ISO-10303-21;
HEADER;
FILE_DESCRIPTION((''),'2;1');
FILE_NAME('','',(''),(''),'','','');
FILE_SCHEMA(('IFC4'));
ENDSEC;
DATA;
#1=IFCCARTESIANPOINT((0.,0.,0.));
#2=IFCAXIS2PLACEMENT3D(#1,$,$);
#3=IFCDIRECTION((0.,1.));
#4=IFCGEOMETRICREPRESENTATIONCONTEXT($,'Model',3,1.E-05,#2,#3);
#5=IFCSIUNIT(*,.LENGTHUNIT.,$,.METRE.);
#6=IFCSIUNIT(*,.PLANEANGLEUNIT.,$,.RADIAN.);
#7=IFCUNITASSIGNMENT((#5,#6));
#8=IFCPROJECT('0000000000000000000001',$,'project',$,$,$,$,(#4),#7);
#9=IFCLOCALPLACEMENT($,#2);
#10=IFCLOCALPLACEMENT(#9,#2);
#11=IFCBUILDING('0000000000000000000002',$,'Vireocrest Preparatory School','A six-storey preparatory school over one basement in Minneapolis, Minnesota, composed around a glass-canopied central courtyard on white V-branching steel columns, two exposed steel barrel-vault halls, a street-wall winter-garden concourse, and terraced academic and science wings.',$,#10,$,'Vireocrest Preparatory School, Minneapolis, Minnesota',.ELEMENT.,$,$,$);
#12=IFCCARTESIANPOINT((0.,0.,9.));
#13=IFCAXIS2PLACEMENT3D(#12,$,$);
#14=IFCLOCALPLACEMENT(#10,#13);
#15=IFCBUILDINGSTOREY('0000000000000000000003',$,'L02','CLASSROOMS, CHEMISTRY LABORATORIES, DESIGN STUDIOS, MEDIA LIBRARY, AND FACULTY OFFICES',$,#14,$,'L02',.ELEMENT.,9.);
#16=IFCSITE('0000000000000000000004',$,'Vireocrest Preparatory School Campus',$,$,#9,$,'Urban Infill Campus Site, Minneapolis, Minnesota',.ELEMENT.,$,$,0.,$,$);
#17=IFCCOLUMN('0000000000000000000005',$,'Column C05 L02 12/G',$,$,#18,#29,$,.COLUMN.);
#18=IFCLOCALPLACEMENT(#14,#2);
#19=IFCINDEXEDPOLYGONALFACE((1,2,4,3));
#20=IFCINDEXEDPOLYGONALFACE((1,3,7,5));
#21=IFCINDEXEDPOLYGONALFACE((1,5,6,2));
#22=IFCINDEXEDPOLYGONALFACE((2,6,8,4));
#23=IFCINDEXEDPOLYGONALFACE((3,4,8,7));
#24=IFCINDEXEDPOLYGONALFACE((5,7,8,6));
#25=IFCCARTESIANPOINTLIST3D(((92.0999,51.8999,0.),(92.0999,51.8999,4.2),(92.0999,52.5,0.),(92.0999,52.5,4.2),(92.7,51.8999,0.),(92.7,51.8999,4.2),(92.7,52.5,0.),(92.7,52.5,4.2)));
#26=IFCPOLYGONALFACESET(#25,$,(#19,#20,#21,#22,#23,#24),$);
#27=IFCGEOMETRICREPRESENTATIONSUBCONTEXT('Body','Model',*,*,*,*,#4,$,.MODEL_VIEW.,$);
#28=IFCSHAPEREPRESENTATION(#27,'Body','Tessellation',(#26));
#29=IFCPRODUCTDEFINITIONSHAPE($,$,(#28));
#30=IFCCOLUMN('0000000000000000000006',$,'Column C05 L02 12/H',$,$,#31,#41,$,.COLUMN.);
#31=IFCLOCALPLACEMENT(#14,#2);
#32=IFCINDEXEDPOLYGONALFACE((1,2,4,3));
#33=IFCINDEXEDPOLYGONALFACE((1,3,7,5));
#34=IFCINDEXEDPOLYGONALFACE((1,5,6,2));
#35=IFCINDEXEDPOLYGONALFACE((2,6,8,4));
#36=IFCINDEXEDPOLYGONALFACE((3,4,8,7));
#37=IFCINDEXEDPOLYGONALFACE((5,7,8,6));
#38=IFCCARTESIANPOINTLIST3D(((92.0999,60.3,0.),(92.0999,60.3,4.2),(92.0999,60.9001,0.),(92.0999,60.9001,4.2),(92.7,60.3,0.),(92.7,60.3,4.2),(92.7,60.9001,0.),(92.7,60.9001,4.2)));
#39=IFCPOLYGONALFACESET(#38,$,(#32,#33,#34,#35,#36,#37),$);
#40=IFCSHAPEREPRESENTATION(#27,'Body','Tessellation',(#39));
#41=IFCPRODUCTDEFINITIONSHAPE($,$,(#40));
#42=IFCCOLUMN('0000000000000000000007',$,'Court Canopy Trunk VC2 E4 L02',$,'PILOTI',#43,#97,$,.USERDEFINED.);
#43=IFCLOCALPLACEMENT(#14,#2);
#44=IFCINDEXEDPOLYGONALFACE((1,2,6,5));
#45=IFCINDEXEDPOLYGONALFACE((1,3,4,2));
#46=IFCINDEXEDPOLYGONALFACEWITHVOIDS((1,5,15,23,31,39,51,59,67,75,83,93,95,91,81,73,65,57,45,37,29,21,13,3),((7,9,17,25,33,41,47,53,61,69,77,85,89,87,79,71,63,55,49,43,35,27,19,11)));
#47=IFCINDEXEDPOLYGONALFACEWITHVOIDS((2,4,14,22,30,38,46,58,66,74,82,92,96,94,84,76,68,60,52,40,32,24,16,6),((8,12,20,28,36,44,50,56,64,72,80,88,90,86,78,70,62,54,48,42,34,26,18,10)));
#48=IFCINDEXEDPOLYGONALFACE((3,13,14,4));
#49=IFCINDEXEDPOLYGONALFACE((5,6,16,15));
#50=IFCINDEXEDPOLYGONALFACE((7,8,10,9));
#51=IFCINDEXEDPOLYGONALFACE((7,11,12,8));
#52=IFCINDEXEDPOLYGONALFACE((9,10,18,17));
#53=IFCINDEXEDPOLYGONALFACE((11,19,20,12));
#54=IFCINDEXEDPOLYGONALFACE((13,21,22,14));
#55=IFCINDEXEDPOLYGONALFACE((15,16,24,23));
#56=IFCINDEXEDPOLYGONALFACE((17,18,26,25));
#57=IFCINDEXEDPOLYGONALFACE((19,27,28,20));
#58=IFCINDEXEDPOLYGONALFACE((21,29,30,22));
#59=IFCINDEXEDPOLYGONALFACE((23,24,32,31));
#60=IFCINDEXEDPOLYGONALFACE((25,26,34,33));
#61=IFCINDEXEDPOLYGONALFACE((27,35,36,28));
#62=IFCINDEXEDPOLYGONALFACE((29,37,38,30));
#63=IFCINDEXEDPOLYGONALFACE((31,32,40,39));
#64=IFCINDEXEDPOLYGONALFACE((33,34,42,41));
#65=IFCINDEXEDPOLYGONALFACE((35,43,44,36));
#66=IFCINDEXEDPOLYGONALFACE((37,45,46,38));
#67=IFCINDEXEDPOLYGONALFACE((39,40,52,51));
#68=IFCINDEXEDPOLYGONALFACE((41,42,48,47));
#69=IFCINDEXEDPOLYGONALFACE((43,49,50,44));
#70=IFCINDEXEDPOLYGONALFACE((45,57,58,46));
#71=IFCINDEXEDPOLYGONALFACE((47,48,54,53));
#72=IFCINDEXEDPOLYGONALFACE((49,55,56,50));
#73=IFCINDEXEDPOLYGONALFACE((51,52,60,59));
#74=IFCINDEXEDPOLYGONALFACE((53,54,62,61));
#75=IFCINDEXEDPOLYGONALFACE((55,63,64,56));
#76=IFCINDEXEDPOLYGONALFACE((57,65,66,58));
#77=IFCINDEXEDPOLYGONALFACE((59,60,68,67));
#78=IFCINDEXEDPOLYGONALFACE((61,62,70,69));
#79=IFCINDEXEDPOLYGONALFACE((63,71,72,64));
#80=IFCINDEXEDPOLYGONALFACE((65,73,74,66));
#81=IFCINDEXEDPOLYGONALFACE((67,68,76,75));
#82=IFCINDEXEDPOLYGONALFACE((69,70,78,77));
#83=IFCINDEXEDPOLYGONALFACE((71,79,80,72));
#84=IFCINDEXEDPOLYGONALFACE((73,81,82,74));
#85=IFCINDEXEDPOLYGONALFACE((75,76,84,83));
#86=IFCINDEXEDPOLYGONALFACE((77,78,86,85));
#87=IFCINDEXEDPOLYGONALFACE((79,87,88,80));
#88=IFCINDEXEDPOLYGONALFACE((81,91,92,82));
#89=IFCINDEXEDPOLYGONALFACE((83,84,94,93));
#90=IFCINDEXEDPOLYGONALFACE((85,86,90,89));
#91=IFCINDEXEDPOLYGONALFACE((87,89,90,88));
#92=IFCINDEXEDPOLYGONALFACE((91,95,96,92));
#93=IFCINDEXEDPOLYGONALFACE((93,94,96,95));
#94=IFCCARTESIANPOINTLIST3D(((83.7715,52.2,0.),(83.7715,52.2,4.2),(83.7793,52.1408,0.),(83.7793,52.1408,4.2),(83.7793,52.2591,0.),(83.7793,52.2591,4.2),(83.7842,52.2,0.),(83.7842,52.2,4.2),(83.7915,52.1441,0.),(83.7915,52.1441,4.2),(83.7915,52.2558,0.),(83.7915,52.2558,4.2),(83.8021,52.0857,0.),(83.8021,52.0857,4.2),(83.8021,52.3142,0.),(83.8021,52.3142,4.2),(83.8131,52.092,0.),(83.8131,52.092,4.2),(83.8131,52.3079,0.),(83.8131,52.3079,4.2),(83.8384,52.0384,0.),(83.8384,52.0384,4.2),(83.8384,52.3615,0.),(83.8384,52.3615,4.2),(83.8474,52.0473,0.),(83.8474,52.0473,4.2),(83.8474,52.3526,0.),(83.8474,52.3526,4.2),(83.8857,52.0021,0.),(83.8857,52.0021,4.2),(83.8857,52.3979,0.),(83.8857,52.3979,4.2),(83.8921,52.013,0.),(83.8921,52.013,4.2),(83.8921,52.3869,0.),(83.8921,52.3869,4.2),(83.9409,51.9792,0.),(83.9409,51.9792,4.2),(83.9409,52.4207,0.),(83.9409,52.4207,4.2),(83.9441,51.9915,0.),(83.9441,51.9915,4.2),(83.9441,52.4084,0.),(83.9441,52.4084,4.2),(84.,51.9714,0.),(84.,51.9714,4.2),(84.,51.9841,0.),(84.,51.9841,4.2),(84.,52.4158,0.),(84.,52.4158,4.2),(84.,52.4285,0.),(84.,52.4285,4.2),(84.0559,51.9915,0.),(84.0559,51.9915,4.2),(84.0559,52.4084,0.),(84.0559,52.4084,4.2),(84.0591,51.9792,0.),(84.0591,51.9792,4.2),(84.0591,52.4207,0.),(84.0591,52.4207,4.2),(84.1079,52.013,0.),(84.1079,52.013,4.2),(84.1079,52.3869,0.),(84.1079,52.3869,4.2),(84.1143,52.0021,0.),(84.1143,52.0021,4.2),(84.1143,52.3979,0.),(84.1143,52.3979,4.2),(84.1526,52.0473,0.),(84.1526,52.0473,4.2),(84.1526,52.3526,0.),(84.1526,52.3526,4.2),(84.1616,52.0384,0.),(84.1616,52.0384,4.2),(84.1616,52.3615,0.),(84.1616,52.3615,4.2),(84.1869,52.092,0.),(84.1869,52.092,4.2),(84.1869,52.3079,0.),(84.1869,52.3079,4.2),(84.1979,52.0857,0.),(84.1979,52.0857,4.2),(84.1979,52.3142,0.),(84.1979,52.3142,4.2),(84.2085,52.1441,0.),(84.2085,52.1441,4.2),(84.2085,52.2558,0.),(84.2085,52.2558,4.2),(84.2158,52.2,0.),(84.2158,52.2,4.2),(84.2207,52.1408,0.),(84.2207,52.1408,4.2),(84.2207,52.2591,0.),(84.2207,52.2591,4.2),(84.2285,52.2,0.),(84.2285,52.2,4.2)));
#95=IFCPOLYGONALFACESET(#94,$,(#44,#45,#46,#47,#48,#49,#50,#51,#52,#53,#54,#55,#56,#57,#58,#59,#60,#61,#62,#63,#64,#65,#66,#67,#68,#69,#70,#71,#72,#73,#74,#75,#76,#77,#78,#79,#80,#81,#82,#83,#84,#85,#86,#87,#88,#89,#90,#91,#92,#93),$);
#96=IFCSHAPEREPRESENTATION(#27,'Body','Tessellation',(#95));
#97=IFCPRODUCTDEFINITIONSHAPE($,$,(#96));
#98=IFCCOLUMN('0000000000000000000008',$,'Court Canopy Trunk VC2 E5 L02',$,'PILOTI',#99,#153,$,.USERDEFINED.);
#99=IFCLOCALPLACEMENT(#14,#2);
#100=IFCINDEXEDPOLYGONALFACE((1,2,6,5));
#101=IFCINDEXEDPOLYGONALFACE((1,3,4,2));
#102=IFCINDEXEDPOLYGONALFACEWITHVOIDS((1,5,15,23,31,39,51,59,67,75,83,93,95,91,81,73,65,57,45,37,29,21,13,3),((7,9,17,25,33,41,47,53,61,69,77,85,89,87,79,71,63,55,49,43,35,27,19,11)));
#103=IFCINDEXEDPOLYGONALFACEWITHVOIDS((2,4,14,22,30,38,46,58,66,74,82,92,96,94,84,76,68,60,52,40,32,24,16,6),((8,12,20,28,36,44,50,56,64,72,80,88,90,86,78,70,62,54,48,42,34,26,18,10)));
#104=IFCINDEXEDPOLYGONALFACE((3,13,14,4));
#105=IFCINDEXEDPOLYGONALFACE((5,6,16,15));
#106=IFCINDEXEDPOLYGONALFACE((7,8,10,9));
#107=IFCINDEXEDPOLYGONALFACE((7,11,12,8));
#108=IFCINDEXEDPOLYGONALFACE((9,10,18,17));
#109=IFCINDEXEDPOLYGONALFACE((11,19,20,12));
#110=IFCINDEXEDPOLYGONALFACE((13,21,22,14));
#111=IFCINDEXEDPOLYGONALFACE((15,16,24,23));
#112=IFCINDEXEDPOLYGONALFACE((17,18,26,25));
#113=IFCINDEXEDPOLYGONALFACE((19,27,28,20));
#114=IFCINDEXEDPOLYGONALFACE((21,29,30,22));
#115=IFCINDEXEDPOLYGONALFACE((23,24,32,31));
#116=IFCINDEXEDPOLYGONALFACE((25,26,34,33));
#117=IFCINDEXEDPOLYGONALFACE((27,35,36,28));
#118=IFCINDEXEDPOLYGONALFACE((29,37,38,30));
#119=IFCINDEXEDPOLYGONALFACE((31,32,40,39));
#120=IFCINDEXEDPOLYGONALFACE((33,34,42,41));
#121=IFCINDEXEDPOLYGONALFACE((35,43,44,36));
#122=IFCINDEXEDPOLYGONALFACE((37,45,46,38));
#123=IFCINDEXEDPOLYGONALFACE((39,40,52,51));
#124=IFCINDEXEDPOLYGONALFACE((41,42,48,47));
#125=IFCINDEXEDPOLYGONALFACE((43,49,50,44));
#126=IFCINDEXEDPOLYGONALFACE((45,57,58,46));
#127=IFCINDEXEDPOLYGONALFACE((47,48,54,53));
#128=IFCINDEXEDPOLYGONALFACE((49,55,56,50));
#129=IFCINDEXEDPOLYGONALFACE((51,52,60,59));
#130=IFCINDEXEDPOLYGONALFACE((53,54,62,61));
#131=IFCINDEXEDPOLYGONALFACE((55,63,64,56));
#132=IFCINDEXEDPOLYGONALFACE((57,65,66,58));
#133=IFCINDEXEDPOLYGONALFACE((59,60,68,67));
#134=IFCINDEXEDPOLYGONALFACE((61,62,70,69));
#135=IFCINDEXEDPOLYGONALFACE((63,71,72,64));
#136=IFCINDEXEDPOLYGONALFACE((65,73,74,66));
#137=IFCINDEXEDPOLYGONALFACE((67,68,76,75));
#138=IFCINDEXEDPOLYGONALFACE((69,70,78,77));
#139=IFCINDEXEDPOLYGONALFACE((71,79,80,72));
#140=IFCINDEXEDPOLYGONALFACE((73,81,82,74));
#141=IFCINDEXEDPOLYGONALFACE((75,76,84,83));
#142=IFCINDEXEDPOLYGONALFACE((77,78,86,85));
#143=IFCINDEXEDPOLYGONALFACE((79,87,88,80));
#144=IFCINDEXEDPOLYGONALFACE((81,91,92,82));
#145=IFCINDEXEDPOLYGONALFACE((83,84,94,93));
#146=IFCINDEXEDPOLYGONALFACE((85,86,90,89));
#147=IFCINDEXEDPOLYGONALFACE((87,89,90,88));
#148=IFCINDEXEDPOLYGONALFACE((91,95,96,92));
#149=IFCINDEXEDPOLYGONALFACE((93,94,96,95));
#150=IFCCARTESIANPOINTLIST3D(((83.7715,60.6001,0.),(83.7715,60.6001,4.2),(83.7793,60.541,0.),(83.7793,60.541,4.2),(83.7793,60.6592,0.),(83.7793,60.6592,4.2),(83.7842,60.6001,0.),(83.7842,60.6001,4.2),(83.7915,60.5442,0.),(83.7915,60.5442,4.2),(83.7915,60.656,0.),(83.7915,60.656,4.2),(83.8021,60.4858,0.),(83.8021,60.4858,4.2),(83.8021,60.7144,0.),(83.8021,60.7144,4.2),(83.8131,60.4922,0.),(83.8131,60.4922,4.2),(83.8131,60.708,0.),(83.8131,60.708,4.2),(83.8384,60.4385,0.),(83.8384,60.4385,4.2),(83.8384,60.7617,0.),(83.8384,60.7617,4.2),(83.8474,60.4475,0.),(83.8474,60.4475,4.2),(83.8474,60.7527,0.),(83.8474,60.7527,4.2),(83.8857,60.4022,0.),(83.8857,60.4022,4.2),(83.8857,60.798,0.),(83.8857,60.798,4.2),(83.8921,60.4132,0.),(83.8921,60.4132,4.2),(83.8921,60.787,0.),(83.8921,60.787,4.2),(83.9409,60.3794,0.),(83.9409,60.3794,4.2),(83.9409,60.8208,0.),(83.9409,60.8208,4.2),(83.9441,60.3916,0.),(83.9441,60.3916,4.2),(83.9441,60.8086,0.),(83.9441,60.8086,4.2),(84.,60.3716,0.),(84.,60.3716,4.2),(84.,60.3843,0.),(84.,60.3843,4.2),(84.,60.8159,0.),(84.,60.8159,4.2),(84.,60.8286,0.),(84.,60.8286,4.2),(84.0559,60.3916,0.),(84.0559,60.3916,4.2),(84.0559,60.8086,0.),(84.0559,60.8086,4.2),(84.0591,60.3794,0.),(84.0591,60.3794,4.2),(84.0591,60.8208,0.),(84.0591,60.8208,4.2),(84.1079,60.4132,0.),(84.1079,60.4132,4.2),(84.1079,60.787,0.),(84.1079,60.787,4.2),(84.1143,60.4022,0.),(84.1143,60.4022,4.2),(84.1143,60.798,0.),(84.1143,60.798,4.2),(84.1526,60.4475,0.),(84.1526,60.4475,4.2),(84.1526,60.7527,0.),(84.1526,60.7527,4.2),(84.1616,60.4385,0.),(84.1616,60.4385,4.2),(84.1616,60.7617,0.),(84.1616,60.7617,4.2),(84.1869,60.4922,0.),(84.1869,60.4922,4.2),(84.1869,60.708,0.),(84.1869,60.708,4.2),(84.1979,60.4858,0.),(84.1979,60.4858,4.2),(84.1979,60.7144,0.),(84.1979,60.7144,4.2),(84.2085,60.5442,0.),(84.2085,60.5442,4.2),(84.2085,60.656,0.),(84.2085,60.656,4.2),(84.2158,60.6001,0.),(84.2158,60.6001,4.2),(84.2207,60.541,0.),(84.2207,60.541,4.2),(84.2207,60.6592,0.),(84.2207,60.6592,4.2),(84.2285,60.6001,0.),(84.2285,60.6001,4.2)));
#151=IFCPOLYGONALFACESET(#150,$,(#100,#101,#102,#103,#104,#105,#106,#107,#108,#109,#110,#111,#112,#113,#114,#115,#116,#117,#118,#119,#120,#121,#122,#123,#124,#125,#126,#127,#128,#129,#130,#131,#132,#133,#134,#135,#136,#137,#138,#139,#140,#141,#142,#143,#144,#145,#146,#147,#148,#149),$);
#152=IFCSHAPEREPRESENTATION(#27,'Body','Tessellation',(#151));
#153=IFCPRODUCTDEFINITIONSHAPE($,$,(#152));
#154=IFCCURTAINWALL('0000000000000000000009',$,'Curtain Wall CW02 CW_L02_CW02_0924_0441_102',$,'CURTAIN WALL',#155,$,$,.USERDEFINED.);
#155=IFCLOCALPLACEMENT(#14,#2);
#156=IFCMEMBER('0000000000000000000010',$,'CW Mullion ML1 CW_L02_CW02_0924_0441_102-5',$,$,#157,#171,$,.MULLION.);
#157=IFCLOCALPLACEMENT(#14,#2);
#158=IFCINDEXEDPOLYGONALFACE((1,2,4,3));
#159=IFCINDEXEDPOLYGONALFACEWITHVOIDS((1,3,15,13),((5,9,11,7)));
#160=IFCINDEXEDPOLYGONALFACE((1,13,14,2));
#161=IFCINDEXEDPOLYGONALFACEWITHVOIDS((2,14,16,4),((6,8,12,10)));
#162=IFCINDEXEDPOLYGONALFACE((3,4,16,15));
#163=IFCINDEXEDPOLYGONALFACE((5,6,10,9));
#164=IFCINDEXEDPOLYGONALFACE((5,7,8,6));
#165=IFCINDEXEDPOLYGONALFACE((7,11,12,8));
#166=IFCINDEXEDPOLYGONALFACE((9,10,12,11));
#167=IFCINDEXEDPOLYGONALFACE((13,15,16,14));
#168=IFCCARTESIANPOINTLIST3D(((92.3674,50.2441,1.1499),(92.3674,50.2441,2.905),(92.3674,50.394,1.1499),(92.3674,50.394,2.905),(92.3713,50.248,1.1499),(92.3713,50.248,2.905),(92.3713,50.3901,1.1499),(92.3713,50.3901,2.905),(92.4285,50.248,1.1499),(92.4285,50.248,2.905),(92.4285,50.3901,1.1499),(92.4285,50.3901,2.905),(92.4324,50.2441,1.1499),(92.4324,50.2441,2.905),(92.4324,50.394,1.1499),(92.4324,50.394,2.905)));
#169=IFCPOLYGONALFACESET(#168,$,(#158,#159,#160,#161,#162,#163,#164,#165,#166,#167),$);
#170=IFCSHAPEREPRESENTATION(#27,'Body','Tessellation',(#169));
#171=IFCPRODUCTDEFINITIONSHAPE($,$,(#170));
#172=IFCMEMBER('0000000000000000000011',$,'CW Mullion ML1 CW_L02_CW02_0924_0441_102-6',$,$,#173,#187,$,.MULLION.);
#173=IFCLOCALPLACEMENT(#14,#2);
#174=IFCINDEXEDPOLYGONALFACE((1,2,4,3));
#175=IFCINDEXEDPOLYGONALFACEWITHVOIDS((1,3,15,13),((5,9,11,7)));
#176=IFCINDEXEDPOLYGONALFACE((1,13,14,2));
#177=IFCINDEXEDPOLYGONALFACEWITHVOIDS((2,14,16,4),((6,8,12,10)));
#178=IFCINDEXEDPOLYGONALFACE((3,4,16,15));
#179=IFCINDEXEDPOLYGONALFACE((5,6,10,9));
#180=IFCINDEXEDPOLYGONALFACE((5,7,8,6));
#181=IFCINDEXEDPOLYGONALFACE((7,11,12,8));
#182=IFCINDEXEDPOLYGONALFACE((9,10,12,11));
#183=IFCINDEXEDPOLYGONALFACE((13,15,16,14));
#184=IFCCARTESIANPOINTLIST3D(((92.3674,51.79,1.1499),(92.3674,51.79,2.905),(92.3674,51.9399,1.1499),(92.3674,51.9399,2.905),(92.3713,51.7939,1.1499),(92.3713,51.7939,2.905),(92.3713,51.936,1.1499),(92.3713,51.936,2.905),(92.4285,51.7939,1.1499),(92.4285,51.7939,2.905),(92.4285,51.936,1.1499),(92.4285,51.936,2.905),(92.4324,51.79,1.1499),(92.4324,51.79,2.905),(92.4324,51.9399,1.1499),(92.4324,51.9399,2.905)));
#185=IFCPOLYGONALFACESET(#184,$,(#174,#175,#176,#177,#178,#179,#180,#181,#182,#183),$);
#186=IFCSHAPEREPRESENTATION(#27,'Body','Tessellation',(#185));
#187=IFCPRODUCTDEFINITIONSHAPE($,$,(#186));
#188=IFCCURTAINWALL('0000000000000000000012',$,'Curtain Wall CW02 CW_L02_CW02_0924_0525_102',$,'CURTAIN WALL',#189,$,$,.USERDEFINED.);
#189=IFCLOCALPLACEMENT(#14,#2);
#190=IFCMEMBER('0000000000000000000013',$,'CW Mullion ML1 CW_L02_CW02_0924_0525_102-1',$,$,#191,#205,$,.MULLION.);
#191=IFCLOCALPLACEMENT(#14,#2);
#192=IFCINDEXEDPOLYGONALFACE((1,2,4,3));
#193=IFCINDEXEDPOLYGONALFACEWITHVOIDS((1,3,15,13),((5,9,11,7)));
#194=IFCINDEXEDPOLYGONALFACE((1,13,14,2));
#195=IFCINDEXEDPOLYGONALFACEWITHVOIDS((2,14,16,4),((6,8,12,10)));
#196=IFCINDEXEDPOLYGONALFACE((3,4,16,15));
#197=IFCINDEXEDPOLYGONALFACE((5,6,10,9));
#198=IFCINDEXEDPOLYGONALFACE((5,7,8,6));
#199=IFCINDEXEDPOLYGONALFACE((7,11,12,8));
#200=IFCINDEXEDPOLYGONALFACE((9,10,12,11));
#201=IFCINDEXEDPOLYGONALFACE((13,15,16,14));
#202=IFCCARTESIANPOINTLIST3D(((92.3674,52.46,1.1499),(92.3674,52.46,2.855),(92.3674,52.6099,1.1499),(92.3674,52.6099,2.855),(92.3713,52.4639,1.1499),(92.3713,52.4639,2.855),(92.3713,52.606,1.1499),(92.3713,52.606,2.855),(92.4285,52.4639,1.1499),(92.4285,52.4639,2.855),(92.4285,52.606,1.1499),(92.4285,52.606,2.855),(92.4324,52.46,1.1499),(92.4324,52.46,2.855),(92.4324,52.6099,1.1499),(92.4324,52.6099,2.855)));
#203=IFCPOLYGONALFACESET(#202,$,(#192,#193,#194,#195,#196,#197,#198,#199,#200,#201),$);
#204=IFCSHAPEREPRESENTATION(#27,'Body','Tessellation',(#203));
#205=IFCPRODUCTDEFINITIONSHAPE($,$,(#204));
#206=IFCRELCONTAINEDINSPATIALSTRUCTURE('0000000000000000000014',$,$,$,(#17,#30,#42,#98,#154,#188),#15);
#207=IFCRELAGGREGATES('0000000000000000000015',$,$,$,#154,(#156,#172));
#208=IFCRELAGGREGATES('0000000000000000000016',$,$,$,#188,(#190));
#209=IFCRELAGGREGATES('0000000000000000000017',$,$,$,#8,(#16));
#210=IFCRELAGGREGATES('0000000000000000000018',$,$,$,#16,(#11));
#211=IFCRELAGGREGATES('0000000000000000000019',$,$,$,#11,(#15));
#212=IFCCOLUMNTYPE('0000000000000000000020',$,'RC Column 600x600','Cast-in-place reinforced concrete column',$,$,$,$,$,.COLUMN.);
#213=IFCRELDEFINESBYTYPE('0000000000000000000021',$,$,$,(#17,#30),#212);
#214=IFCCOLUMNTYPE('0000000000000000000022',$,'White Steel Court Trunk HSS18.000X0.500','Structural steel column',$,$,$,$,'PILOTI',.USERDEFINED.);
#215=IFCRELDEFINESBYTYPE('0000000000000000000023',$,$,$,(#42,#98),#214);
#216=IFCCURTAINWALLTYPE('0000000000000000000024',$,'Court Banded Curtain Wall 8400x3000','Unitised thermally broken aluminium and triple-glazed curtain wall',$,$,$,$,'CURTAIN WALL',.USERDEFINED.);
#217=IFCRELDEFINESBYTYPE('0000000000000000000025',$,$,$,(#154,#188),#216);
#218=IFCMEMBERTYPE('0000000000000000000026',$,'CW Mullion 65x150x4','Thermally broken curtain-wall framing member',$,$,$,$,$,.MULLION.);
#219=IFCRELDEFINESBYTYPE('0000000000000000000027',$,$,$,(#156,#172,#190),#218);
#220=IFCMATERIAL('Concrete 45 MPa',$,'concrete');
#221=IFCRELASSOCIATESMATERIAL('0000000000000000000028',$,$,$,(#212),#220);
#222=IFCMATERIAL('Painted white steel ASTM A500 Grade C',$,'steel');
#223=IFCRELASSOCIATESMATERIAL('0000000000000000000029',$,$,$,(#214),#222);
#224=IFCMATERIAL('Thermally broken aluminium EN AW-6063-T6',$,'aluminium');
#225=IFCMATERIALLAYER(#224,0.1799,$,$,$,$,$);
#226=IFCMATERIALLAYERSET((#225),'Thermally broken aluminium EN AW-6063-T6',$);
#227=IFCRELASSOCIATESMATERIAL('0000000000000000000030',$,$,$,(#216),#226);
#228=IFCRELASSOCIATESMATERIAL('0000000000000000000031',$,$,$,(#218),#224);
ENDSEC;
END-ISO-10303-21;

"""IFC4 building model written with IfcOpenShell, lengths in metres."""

from ifc_helpers import new_model, si_unit, direction, frame, origin, origin_2d, place, context, subcontext, project, spatial, rectangle, hollow_rectangle, hollow_circle, extrude, material, layer, layer_set, material_profile, profile_set, type_object, element, aggregate, save


model = new_model("IFC4")

# Units and contexts
model_context = context("Model", 3, precision=1e-05, world=origin(), true_north=direction((0.0, 1.0)))
body_context = subcontext(model_context, "Body", "Model", "MODEL_VIEW")
ifc_project = project(units=[si_unit("LENGTHUNIT", "METRE"), si_unit("PLANEANGLEUNIT", "RADIAN")], contexts=[model_context])

# Site, building, storey
site_placement = place(None, origin())
site = spatial("IfcSite", under=ifc_project, at=site_placement, Name="Vireocrest Preparatory School Campus", LongName="Urban Infill Campus Site, Minneapolis, Minnesota", CompositionType="ELEMENT", RefElevation=0.0)
building_placement = place(site_placement, origin())
building = spatial("IfcBuilding", under=site, at=building_placement, Name="Vireocrest Preparatory School", Description="A six-storey preparatory school over one basement in Minneapolis, Minnesota, composed around a glass-canopied central courtyard on white V-branching steel columns, two exposed steel barrel-vault halls, a street-wall winter-garden concourse, and terraced academic and science wings.", LongName="Vireocrest Preparatory School, Minneapolis, Minnesota", CompositionType="ELEMENT")
storey_placement = place(building_placement, frame((0.0, 0.0, 9.0)))
storey = spatial("IfcBuildingStorey", under=building, at=storey_placement, Name="L02", Description="CLASSROOMS, CHEMISTRY LABORATORIES, DESIGN STUDIOS, MEDIA LIBRARY, AND FACULTY OFFICES", LongName="L02", CompositionType="ELEMENT", Elevation=9.0)

# Columns
ifc_material_1 = material(Name="Concrete 45 MPa", Category="concrete")
ifc_material_profile_1 = material_profile(ifc_material_1, rectangle(XDim=0.6001, YDim=0.6001, at=origin_2d()), Name="RC 600x600")
ifc_profile_set_1 = profile_set([ifc_material_profile_1], Name="Concrete 45 MPa")
column_type_1 = type_object("IfcColumnType", Name="RC Column 600x600", Description="Cast-in-place reinforced concrete column", PredefinedType="COLUMN", material=ifc_profile_set_1)
for number, where, z_axis, x_axis, name in (
    (1, (92.3999, 52.2, 0.0), (0.0, 0.0, 1.0), (1.0, 0.0, 0.0), "Column C05 L02 12/G"),
    (2, (92.3999, 60.6001, 0.0), (0.0, 0.0, 1.0), (1.0, 0.0, 0.0), "Column C05 L02 12/H"),
):
    element("IfcColumn", number, at=place(storey_placement, frame(where, z_axis=z_axis, x_axis=x_axis)), inside=storey, type_object=column_type_1, Name=name, PredefinedType="COLUMN", context=body_context, shape_type="SweptSolid", body=[
        extrude(rectangle(XDim=0.6001, YDim=0.6001, at=origin_2d()), origin(), (0.0, 0.0, 1.0), 4.2),
    ])
ifc_material_2 = material(Name="Painted white steel ASTM A500 Grade C", Category="steel")
ifc_material_profile_2 = material_profile(ifc_material_2, hollow_circle(Radius=0.2285, WallThickness=0.0127, at=origin_2d()), Name="HSS18.000X0.500")
ifc_profile_set_2 = profile_set([ifc_material_profile_2], Name="Painted white steel ASTM A500 Grade C")
column_type_2 = type_object("IfcColumnType", Name="White Steel Court Trunk HSS18.000X0.500", Description="Structural steel column", ElementType="PILOTI", PredefinedType="USERDEFINED", material=ifc_profile_set_2)
for number, where, z_axis, x_axis, name in (
    (3, (84.0, 52.2, 0.0), (0.0, 0.0, 1.0), (1.0, 0.0, 0.0), "Court Canopy Trunk VC2 E4 L02"),
    (4, (84.0, 60.6001, 0.0), (0.0, 0.0, 1.0), (1.0, 0.0, 0.0), "Court Canopy Trunk VC2 E5 L02"),
):
    element("IfcColumn", number, at=place(storey_placement, frame(where, z_axis=z_axis, x_axis=x_axis)), inside=storey, type_object=column_type_2, Name=name, ObjectType="PILOTI", PredefinedType="USERDEFINED", context=body_context, shape_type="SweptSolid", body=[
        extrude(hollow_circle(Radius=0.2285, WallThickness=0.0127, at=origin_2d()), origin(), (0.0, 0.0, 1.0), 4.2),
    ])

# Curtain walls, members
ifc_material_3 = material(Name="Thermally broken aluminium EN AW-6063-T6", Category="aluminium")
ifc_layer_1 = layer(ifc_material_3, 0.1799)
ifc_layer_set_1 = layer_set([ifc_layer_1], Name="Thermally broken aluminium EN AW-6063-T6")
curtain_wall_type = type_object("IfcCurtainWallType", Name="Court Banded Curtain Wall 8400x3000", Description="Unitised thermally broken aluminium and triple-glazed curtain wall", ElementType="CURTAIN WALL", PredefinedType="USERDEFINED", material=ifc_layer_set_1)
curtain_wall_1_placement = place(storey_placement, origin())
curtain_wall_1 = element("IfcCurtainWall", 5, at=curtain_wall_1_placement, inside=storey, type_object=curtain_wall_type, Name="Curtain Wall CW02 CW_L02_CW02_0924_0441_102", ObjectType="CURTAIN WALL", PredefinedType="USERDEFINED")
ifc_material_profile_3 = material_profile(ifc_material_3, hollow_rectangle(XDim=0.0649, YDim=0.1499, WallThickness=0.0039, at=origin_2d()), Name="ALU 65x150x4")
ifc_profile_set_3 = profile_set([ifc_material_profile_3], Name="Thermally broken aluminium EN AW-6063-T6")
member_type_1 = type_object("IfcMemberType", Name="CW Mullion 65x150x4", Description="Thermally broken curtain-wall framing member", PredefinedType="MULLION", material=ifc_profile_set_3)
member_1_placement = place(storey_placement, frame((92.3999, 50.3191, 1.1499), z_axis=(0.0, 0.0, 1.0), x_axis=(1.0, 0.0, 0.0)))
member_1 = element("IfcMember", 6, at=member_1_placement, type_object=member_type_1, Name="CW Mullion ML1 CW_L02_CW02_0924_0441_102-5", PredefinedType="MULLION", context=body_context, shape_type="SweptSolid", body=[
    extrude(hollow_rectangle(XDim=0.0649, YDim=0.1499, WallThickness=0.0039, at=origin_2d()), origin(), (0.0, 0.0, 1.0), 1.7551),
])
member_2_placement = place(storey_placement, frame((92.3999, 51.865, 1.1499), z_axis=(0.0, 0.0, 1.0), x_axis=(1.0, 0.0, 0.0)))
member_2 = element("IfcMember", 7, at=member_2_placement, type_object=member_type_1, Name="CW Mullion ML1 CW_L02_CW02_0924_0441_102-6", PredefinedType="MULLION", context=body_context, shape_type="SweptSolid", body=[
    extrude(hollow_rectangle(XDim=0.0649, YDim=0.1499, WallThickness=0.0039, at=origin_2d()), origin(), (0.0, 0.0, 1.0), 1.7551),
])
curtain_wall_2_placement = place(storey_placement, origin())
curtain_wall_2 = element("IfcCurtainWall", 8, at=curtain_wall_2_placement, inside=storey, type_object=curtain_wall_type, Name="Curtain Wall CW02 CW_L02_CW02_0924_0525_102", ObjectType="CURTAIN WALL", PredefinedType="USERDEFINED")
member_3_placement = place(storey_placement, frame((92.3999, 52.5349, 1.1499), z_axis=(0.0, 0.0, 1.0), x_axis=(1.0, 0.0, 0.0)))
member_3 = element("IfcMember", 9, at=member_3_placement, type_object=member_type_1, Name="CW Mullion ML1 CW_L02_CW02_0924_0525_102-1", PredefinedType="MULLION", context=body_context, shape_type="SweptSolid", body=[
    extrude(hollow_rectangle(XDim=0.0649, YDim=0.1499, WallThickness=0.0039, at=origin_2d()), origin(), (0.0, 0.0, 1.0), 1.7051),
])

aggregate(curtain_wall_1, [member_1, member_2])
aggregate(curtain_wall_2, [member_3])

save(model, "model.ifc")
